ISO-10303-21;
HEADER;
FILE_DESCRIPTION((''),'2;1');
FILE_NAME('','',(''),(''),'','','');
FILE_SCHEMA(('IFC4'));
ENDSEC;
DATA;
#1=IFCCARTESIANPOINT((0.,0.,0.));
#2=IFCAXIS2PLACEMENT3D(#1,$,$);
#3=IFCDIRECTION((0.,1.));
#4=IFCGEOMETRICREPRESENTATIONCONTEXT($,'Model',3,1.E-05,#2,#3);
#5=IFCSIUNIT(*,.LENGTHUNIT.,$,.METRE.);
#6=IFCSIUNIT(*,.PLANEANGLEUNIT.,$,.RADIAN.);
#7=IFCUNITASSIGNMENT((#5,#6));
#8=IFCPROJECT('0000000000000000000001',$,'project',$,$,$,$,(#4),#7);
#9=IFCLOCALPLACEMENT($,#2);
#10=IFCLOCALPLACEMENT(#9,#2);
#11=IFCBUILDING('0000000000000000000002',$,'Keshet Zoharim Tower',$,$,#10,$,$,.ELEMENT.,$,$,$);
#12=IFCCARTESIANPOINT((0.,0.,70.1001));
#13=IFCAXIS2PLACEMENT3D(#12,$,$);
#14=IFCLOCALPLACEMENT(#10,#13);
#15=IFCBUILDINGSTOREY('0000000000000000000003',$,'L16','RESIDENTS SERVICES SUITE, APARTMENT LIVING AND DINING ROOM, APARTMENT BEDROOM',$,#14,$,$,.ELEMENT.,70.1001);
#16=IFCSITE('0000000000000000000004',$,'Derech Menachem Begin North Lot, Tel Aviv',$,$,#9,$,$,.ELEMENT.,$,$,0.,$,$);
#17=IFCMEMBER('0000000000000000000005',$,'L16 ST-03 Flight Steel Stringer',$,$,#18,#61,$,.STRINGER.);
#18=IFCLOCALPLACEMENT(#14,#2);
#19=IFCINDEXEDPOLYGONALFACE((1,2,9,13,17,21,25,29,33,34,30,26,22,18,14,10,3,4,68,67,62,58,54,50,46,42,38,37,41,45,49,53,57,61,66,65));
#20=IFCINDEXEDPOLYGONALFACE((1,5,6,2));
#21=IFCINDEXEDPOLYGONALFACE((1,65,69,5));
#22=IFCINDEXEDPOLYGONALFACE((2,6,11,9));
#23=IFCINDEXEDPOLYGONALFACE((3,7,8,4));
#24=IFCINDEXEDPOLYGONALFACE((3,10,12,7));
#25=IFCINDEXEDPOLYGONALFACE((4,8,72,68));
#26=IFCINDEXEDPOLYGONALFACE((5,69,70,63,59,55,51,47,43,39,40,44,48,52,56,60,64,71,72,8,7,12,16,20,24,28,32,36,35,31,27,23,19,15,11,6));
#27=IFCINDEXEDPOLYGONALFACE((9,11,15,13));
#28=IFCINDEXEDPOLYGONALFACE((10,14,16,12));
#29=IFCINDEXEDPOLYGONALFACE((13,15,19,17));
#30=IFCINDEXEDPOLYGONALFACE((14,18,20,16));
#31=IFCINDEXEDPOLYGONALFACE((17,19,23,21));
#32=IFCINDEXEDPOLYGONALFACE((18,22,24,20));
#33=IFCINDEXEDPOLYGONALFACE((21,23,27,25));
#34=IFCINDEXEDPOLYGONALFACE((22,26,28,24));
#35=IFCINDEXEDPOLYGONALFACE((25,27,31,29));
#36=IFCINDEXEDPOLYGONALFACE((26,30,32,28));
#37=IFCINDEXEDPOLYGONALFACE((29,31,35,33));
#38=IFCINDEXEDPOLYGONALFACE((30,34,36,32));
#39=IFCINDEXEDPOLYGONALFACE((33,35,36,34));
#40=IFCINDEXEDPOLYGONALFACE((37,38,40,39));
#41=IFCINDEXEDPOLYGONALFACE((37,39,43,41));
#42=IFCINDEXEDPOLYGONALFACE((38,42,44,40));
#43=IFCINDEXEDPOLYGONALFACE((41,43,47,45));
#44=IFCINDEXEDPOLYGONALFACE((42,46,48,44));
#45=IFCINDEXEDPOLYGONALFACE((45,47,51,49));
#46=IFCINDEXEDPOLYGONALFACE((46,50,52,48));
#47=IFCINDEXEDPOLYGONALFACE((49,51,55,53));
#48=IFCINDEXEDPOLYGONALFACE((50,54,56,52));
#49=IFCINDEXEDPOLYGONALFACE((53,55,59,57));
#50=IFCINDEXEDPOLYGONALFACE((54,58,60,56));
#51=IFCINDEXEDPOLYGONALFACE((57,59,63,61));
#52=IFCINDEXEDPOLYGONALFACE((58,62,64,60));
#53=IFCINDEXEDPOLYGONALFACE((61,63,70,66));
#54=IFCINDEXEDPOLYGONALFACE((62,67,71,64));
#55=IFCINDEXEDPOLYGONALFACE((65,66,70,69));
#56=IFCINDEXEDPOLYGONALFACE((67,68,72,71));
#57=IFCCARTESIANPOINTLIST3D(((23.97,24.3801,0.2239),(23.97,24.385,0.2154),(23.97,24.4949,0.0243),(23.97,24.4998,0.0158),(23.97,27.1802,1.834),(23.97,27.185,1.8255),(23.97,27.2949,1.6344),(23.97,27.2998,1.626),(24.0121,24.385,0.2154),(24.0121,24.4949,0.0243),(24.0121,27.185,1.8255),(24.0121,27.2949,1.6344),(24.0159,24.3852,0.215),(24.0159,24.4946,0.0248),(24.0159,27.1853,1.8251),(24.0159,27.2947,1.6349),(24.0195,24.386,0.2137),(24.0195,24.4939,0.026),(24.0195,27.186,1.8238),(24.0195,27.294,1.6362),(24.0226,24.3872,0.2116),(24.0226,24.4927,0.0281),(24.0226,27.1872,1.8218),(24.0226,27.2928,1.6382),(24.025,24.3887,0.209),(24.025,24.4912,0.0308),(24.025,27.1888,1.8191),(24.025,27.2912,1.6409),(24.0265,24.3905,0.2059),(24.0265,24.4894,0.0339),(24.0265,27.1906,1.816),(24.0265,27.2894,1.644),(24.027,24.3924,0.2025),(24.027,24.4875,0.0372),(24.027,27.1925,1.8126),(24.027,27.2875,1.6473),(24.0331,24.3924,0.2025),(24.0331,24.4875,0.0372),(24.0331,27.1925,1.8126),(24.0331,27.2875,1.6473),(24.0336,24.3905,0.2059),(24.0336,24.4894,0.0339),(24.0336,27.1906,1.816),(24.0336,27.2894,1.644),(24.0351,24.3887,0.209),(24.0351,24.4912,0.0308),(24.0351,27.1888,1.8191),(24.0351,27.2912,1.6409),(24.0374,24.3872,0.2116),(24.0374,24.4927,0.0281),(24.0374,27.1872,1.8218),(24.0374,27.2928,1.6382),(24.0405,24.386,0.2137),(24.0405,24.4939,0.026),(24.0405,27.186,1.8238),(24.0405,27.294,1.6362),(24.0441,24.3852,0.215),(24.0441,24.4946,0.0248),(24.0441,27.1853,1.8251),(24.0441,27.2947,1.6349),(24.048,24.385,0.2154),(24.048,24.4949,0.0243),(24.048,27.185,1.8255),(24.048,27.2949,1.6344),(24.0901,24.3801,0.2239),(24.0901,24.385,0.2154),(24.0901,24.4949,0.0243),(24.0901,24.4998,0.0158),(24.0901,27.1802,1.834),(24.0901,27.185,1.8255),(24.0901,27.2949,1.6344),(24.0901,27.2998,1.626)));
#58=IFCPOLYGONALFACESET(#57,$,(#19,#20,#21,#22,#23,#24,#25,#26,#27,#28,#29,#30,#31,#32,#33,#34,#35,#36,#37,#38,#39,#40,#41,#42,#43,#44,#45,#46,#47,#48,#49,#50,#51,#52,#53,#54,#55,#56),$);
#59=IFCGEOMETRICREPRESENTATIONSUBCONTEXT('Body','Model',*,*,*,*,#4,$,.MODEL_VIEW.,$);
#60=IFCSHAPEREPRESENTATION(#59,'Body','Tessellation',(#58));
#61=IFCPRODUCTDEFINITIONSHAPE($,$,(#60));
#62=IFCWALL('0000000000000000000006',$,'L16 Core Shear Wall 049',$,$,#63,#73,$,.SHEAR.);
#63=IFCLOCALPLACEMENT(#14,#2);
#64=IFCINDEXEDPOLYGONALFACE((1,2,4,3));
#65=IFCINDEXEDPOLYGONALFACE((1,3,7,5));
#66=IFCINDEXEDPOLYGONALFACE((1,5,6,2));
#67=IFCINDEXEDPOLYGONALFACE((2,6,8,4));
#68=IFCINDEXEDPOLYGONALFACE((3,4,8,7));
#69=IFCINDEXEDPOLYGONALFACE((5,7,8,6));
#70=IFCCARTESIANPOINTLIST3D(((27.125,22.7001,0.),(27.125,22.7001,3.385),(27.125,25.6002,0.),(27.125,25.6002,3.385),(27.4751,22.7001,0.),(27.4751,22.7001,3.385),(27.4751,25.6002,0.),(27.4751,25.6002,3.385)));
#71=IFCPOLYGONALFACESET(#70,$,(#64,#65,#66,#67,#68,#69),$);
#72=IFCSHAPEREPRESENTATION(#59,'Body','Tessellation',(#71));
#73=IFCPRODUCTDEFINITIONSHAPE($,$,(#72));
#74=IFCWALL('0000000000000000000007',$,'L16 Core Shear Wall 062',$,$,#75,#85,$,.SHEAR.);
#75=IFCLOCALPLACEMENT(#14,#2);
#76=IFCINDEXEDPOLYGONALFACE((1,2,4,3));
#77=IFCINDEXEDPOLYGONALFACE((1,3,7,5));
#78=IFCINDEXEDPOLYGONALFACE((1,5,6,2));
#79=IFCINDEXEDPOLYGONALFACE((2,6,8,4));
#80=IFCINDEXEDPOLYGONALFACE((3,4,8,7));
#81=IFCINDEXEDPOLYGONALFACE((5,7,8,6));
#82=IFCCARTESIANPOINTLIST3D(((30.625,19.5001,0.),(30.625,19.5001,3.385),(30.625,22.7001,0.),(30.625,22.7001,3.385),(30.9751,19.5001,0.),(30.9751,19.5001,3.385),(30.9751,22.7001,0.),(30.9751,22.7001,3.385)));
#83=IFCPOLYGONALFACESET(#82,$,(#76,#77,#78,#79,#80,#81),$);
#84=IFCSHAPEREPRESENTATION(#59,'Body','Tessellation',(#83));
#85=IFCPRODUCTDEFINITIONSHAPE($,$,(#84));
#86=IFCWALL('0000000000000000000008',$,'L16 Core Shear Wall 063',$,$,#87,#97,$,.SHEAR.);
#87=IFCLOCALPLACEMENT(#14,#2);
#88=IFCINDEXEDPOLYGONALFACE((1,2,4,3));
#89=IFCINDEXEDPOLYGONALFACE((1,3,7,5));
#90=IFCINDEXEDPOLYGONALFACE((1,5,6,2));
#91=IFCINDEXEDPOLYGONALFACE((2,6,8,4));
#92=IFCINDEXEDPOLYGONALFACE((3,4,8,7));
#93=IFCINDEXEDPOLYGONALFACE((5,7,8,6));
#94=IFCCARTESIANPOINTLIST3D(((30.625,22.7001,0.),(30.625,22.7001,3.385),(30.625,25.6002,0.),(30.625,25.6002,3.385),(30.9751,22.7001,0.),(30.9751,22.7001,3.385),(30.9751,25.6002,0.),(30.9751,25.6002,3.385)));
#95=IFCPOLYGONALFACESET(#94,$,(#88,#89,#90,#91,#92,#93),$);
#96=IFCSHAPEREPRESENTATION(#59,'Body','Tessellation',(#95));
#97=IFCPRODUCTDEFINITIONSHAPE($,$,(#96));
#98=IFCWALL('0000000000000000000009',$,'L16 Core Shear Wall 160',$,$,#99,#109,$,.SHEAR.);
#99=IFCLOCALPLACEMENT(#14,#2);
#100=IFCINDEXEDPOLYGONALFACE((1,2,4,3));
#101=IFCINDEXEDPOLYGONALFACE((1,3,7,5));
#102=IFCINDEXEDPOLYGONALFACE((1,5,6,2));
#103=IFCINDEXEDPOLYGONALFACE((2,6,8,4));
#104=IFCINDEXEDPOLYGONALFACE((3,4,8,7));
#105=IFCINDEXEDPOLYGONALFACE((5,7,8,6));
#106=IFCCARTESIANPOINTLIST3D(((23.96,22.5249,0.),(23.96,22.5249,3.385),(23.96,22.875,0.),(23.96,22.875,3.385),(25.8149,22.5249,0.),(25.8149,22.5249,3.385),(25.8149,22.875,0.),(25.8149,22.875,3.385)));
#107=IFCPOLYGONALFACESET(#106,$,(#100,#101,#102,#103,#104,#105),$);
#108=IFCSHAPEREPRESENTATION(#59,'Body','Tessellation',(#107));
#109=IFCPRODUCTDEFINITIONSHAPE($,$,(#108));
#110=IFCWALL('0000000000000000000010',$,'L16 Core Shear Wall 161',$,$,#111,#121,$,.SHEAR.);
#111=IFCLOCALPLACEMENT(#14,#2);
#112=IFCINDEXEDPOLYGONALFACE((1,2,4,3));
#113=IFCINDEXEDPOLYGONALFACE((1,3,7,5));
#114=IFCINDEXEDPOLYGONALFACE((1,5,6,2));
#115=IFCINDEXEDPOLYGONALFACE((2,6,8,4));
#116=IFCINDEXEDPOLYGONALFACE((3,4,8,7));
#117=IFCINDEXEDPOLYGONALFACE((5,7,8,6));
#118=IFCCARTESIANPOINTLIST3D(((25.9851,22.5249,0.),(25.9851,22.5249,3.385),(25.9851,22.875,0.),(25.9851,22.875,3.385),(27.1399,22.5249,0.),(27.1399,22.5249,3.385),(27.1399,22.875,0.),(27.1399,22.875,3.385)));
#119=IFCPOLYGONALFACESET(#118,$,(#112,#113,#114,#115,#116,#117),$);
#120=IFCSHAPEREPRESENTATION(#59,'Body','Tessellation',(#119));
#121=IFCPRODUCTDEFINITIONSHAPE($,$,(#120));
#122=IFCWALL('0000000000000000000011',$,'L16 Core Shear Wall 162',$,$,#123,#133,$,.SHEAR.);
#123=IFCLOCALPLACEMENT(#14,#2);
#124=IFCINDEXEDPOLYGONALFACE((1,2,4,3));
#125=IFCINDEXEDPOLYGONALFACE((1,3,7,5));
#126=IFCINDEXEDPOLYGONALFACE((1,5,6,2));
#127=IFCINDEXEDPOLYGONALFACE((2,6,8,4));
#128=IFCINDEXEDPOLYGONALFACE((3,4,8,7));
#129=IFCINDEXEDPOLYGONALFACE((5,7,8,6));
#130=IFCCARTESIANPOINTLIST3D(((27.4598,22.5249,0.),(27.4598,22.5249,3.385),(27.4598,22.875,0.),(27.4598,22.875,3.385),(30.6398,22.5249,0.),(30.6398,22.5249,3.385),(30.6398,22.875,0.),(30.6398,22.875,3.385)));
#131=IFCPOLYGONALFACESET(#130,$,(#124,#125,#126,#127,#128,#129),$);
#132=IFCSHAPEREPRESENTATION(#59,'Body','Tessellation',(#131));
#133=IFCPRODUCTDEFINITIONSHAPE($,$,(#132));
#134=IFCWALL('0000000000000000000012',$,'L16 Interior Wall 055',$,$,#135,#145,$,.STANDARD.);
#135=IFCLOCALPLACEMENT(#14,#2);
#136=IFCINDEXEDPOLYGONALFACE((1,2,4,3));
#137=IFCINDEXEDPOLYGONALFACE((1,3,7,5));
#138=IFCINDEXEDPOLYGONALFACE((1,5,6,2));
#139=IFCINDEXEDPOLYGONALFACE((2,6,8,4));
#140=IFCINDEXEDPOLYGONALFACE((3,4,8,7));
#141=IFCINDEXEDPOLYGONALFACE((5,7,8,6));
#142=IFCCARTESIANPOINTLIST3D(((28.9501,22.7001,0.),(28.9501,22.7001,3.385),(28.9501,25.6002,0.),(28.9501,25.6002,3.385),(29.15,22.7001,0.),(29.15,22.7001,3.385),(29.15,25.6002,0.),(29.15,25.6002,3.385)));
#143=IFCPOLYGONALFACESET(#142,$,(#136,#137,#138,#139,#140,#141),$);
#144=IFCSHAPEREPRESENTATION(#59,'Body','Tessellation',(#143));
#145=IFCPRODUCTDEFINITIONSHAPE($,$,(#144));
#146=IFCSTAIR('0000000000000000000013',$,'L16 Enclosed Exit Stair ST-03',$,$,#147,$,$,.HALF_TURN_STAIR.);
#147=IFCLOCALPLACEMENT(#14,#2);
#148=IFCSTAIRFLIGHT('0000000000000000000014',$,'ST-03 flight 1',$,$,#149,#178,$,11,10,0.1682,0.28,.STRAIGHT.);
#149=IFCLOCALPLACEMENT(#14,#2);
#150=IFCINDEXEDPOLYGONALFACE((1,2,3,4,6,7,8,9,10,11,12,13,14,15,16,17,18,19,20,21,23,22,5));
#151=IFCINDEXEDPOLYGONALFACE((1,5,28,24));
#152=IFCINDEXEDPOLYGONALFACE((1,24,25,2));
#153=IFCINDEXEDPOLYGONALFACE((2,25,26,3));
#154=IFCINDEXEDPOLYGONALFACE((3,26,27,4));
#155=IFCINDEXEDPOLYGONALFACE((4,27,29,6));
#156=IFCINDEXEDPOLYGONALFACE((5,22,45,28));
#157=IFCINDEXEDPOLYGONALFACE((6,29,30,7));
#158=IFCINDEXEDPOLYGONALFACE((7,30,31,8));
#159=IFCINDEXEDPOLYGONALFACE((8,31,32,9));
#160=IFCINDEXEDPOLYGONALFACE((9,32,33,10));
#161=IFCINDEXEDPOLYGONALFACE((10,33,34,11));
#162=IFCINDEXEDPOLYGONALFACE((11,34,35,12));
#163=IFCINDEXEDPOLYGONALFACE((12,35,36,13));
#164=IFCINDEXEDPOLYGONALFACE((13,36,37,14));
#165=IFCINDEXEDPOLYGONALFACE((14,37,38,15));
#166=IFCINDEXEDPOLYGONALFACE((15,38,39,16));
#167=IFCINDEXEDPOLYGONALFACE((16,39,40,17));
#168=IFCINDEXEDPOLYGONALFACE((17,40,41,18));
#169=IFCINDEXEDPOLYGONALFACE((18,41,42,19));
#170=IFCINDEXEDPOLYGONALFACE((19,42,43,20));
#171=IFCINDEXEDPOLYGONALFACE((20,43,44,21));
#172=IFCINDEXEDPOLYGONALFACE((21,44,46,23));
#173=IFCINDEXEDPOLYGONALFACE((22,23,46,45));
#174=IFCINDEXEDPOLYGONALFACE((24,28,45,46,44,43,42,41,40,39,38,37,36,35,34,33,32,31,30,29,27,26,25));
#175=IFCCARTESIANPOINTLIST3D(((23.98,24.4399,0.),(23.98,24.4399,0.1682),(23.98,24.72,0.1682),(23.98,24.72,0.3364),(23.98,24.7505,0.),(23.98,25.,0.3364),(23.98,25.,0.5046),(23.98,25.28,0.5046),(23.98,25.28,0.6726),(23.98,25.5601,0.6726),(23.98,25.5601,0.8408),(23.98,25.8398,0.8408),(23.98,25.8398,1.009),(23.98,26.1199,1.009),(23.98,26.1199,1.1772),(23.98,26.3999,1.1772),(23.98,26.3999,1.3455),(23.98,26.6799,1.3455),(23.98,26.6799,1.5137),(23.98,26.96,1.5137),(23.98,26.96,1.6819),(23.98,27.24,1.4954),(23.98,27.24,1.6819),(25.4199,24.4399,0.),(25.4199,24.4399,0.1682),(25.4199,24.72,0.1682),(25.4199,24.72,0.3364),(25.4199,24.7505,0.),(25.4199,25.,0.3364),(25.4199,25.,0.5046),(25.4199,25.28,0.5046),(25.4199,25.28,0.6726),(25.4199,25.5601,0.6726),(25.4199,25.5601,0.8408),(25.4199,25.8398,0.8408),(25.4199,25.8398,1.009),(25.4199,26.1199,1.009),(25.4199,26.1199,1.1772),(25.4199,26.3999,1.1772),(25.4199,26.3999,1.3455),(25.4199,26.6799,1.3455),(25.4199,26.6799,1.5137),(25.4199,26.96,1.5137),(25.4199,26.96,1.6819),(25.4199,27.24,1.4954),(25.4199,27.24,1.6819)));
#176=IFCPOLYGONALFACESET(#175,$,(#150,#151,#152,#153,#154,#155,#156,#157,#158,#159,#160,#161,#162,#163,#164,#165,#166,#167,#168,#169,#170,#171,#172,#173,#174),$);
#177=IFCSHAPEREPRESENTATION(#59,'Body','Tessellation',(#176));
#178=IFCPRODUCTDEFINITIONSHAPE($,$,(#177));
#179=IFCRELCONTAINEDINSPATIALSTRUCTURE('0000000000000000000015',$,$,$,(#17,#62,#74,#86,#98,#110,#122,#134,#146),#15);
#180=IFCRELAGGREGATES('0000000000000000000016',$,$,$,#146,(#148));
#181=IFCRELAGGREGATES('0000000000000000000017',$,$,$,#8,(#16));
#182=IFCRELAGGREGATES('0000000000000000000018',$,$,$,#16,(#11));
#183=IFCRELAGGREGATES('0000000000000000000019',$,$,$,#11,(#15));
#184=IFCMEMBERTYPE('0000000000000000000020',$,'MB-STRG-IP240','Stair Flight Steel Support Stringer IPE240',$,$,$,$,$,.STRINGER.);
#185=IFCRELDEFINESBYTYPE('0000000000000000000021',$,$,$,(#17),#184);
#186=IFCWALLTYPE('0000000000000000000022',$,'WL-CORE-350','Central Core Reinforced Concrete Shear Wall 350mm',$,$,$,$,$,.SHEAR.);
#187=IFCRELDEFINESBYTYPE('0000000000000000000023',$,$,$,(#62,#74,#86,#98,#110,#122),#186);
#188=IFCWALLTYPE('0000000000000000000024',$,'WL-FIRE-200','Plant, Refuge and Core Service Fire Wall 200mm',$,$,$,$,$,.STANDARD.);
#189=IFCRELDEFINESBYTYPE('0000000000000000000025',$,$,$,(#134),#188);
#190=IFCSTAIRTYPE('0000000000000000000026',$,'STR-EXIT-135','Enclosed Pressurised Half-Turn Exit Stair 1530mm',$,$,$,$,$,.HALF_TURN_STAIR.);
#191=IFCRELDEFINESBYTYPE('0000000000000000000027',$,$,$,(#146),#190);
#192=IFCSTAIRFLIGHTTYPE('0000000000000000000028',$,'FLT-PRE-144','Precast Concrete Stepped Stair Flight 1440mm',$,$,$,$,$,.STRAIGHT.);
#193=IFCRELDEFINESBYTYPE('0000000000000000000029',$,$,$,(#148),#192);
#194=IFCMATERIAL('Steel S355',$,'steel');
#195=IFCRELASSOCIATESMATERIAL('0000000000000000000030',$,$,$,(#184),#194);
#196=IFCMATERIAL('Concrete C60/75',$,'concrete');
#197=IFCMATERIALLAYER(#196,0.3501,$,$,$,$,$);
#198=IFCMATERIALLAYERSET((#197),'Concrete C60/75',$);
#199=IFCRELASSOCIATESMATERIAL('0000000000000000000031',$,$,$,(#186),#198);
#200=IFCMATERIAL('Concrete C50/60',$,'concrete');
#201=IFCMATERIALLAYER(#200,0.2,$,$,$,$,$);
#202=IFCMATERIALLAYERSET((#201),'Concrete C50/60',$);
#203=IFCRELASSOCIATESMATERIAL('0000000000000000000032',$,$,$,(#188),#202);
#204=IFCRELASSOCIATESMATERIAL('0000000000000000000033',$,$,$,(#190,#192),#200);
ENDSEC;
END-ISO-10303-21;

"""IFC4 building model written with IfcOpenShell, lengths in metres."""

from ifc_helpers import new_model, si_unit, direction, frame, frame_2d, origin, origin_2d, place, context, subcontext, project, spatial, polyline, rectangle, i_section, outline, extrude, material, layer, layer_set, material_profile, profile_set, type_object, element, aggregate, save


model = new_model("IFC4")

# Units and contexts
model_context = context("Model", 3, precision=1e-05, world=origin(), true_north=direction((0.0, 1.0)))
body_context = subcontext(model_context, "Body", "Model", "MODEL_VIEW")
ifc_project = project(units=[si_unit("LENGTHUNIT", "METRE"), si_unit("PLANEANGLEUNIT", "RADIAN")], contexts=[model_context])

# Site, building, storey
site_placement = place(None, origin())
site = spatial("IfcSite", under=ifc_project, at=site_placement, Name="Derech Menachem Begin North Lot, Tel Aviv", CompositionType="ELEMENT", RefElevation=0.0)
building_placement = place(site_placement, origin())
building = spatial("IfcBuilding", under=site, at=building_placement, Name="Keshet Zoharim Tower", CompositionType="ELEMENT")
storey_placement = place(building_placement, frame((0.0, 0.0, 70.1001)))
storey = spatial("IfcBuildingStorey", under=building, at=storey_placement, Name="L16", Description="RESIDENTS SERVICES SUITE, APARTMENT LIVING AND DINING ROOM, APARTMENT BEDROOM", CompositionType="ELEMENT", Elevation=70.1001)

# Shared definitions
ifc_material_1 = material(Name="Concrete C60/75", Category="concrete")

# Shared definitions
ifc_material_2 = material(Name="Steel S355", Category="steel")

# Member
ifc_material_profile_1 = material_profile(ifc_material_2, i_section(OverallWidth=0.1201, OverallDepth=0.24, WebThickness=0.0061, FlangeThickness=0.0098, FilletRadius=0.0149, at=origin_2d()), Name="IPE240")
ifc_profile_set_1 = profile_set([ifc_material_profile_1], Name="Steel S355")
member_type = type_object("IfcMemberType", Name="MB-STRG-IP240", Description="Stair Flight Steel Support Stringer IPE240", PredefinedType="STRINGER", material=ifc_profile_set_1)
member_placement = place(storey_placement, frame((24.03, 24.4399, 0.1199), z_axis=(0.0, 0.866896, 0.49849), x_axis=(-1.0, 0.0, 0.0)))
element("IfcMember", 1, at=member_placement, inside=storey, type_object=member_type, Name="L16 ST-03 Flight Steel Stringer", PredefinedType="STRINGER", context=body_context, shape_type="SweptSolid", body=[
    extrude(i_section(OverallWidth=0.1201, OverallDepth=0.24, WebThickness=0.0061, FlangeThickness=0.0098, FilletRadius=0.0149, at=origin_2d()), origin(), (0.0, 0.0, 1.0), 3.23),
])

# Shared definitions
ifc_layer_1 = layer(ifc_material_1, 0.3501)
ifc_layer_set_1 = layer_set([ifc_layer_1], Name="Concrete C60/75")
wall_type_1 = type_object("IfcWallType", Name="WL-CORE-350", Description="Central Core Reinforced Concrete Shear Wall 350mm", PredefinedType="SHEAR", material=ifc_layer_set_1)

# Walls
wall_1_placement = place(storey_placement, frame((27.3, 22.7, 0.0), z_axis=(0.0, 0.0, 1.0), x_axis=(0.0, 1.0, 0.0)))
element("IfcWall", 2, at=wall_1_placement, inside=storey, type_object=wall_type_1, Name="L16 Core Shear Wall 049", PredefinedType="SHEAR", context=body_context, shape_type="SweptSolid", body=[
    extrude(rectangle(XDim=2.9001, YDim=0.3501, at=frame_2d((1.4502, 0.0))), origin(), (0.0, 0.0, 1.0), 3.385),
])
wall_2_placement = place(storey_placement, frame((30.8, 19.5, 0.0), z_axis=(0.0, 0.0, 1.0), x_axis=(0.0, 1.0, 0.0)))
element("IfcWall", 3, at=wall_2_placement, inside=storey, type_object=wall_type_1, Name="L16 Core Shear Wall 062", PredefinedType="SHEAR", context=body_context, shape_type="SweptSolid", body=[
    extrude(rectangle(XDim=3.2, YDim=0.3501, at=frame_2d((1.6001, 0.0))), origin(), (0.0, 0.0, 1.0), 3.385),
])
wall_3_placement = place(storey_placement, frame((30.8, 22.7, 0.0), z_axis=(0.0, 0.0, 1.0), x_axis=(0.0, 1.0, 0.0)))
element("IfcWall", 4, at=wall_3_placement, inside=storey, type_object=wall_type_1, Name="L16 Core Shear Wall 063", PredefinedType="SHEAR", context=body_context, shape_type="SweptSolid", body=[
    extrude(rectangle(XDim=2.9001, YDim=0.3501, at=frame_2d((1.4502, 0.0))), origin(), (0.0, 0.0, 1.0), 3.385),
])
wall_4_placement = place(storey_placement, frame((23.96, 22.7, 0.0), z_axis=(0.0, 0.0, 1.0), x_axis=(1.0, 0.0, 0.0)))
element("IfcWall", 5, at=wall_4_placement, inside=storey, type_object=wall_type_1, Name="L16 Core Shear Wall 160", PredefinedType="SHEAR", context=body_context, shape_type="SweptSolid", body=[
    extrude(rectangle(XDim=1.855, YDim=0.3501, at=frame_2d((0.9275, 0.0))), origin(), (0.0, 0.0, 1.0), 3.385),
])
wall_5_placement = place(storey_placement, frame((25.9851, 22.7, 0.0), z_axis=(0.0, 0.0, 1.0), x_axis=(1.0, 0.0, 0.0)))
element("IfcWall", 6, at=wall_5_placement, inside=storey, type_object=wall_type_1, Name="L16 Core Shear Wall 161", PredefinedType="SHEAR", context=body_context, shape_type="SweptSolid", body=[
    extrude(rectangle(XDim=1.1548, YDim=0.3501, at=frame_2d((0.5774, 0.0))), origin(), (0.0, 0.0, 1.0), 3.385),
])
wall_6_placement = place(storey_placement, frame((27.46, 22.7, 0.0), z_axis=(0.0, 0.0, 1.0), x_axis=(1.0, 0.0, 0.0)))
element("IfcWall", 7, at=wall_6_placement, inside=storey, type_object=wall_type_1, Name="L16 Core Shear Wall 162", PredefinedType="SHEAR", context=body_context, shape_type="SweptSolid", body=[
    extrude(rectangle(XDim=3.1799, YDim=0.3501, at=frame_2d((1.5898, 0.0))), origin(), (0.0, 0.0, 1.0), 3.385),
])
ifc_material_3 = material(Name="Concrete C50/60", Category="concrete")
ifc_layer_2 = layer(ifc_material_3, 0.2)
ifc_layer_set_2 = layer_set([ifc_layer_2], Name="Concrete C50/60")
wall_type_2 = type_object("IfcWallType", Name="WL-FIRE-200", Description="Plant, Refuge and Core Service Fire Wall 200mm", PredefinedType="STANDARD", material=ifc_layer_set_2)
wall_7_placement = place(storey_placement, frame((29.05, 22.7, 0.0), z_axis=(0.0, 0.0, 1.0), x_axis=(0.0, 1.0, 0.0)))
element("IfcWall", 8, at=wall_7_placement, inside=storey, type_object=wall_type_2, Name="L16 Interior Wall 055", PredefinedType="STANDARD", context=body_context, shape_type="SweptSolid", body=[
    extrude(rectangle(XDim=2.9001, YDim=0.2, at=frame_2d((1.4502, 0.0))), origin(), (0.0, 0.0, 1.0), 3.385),
])

# Stair, stair flight
stair_type = type_object("IfcStairType", Name="STR-EXIT-135", Description="Enclosed Pressurised Half-Turn Exit Stair 1530mm", PredefinedType="HALF_TURN_STAIR", material=ifc_material_3)
stair_placement = place(storey_placement, origin())
stair = element("IfcStair", 9, at=stair_placement, inside=storey, type_object=stair_type, Name="L16 Enclosed Exit Stair ST-03", PredefinedType="HALF_TURN_STAIR")
stair_flight_type = type_object("IfcStairFlightType", Name="FLT-PRE-144", Description="Precast Concrete Stepped Stair Flight 1440mm", PredefinedType="STRAIGHT", material=ifc_material_3)
stair_flight_placement = place(storey_placement, frame((24.7, 24.4399, 0.0), z_axis=(0.0, 0.0, 1.0), x_axis=(0.0, 1.0, 0.0)))
stair_flight = element("IfcStairFlight", 10, at=stair_flight_placement, type_object=stair_flight_type, Name="ST-03 flight 1", NumberOfRisers=11, NumberOfTreads=10, PredefinedType="STRAIGHT", RiserHeight=0.1682, TreadLength=0.28, context=body_context, shape_type="SweptSolid", body=[
    extrude(outline(polyline([(0.0, 0.0), (0.0, 0.1682), (0.28, 0.1682), (0.28, 0.3364), (0.5601, 0.3364), (0.5601, 0.5046), (0.8401, 0.5046), (0.8401, 0.6726), (1.1201, 0.6726), (1.1201, 0.8408), (1.3999, 0.8408), (1.3999, 1.009), (1.6799, 1.009), (1.6799, 1.1772), (1.96, 1.1772), (1.96, 1.3455), (2.24, 1.3455), (2.24, 1.5137), (2.52, 1.5137), (2.52, 1.6819), (2.8, 1.6819), (2.8, 1.8501), (2.8, 1.4954), (0.3105, 0.0), (0.0, 0.0)])), frame((0.0, 0.72, 0.0), z_axis=(0.0, -1.0, 0.0), x_axis=(1.0, 0.0, 0.0)), (0.0, 0.0, 1.0), 1.4399),
])
aggregate(stair, [stair_flight])

save(model, "model.ifc")
